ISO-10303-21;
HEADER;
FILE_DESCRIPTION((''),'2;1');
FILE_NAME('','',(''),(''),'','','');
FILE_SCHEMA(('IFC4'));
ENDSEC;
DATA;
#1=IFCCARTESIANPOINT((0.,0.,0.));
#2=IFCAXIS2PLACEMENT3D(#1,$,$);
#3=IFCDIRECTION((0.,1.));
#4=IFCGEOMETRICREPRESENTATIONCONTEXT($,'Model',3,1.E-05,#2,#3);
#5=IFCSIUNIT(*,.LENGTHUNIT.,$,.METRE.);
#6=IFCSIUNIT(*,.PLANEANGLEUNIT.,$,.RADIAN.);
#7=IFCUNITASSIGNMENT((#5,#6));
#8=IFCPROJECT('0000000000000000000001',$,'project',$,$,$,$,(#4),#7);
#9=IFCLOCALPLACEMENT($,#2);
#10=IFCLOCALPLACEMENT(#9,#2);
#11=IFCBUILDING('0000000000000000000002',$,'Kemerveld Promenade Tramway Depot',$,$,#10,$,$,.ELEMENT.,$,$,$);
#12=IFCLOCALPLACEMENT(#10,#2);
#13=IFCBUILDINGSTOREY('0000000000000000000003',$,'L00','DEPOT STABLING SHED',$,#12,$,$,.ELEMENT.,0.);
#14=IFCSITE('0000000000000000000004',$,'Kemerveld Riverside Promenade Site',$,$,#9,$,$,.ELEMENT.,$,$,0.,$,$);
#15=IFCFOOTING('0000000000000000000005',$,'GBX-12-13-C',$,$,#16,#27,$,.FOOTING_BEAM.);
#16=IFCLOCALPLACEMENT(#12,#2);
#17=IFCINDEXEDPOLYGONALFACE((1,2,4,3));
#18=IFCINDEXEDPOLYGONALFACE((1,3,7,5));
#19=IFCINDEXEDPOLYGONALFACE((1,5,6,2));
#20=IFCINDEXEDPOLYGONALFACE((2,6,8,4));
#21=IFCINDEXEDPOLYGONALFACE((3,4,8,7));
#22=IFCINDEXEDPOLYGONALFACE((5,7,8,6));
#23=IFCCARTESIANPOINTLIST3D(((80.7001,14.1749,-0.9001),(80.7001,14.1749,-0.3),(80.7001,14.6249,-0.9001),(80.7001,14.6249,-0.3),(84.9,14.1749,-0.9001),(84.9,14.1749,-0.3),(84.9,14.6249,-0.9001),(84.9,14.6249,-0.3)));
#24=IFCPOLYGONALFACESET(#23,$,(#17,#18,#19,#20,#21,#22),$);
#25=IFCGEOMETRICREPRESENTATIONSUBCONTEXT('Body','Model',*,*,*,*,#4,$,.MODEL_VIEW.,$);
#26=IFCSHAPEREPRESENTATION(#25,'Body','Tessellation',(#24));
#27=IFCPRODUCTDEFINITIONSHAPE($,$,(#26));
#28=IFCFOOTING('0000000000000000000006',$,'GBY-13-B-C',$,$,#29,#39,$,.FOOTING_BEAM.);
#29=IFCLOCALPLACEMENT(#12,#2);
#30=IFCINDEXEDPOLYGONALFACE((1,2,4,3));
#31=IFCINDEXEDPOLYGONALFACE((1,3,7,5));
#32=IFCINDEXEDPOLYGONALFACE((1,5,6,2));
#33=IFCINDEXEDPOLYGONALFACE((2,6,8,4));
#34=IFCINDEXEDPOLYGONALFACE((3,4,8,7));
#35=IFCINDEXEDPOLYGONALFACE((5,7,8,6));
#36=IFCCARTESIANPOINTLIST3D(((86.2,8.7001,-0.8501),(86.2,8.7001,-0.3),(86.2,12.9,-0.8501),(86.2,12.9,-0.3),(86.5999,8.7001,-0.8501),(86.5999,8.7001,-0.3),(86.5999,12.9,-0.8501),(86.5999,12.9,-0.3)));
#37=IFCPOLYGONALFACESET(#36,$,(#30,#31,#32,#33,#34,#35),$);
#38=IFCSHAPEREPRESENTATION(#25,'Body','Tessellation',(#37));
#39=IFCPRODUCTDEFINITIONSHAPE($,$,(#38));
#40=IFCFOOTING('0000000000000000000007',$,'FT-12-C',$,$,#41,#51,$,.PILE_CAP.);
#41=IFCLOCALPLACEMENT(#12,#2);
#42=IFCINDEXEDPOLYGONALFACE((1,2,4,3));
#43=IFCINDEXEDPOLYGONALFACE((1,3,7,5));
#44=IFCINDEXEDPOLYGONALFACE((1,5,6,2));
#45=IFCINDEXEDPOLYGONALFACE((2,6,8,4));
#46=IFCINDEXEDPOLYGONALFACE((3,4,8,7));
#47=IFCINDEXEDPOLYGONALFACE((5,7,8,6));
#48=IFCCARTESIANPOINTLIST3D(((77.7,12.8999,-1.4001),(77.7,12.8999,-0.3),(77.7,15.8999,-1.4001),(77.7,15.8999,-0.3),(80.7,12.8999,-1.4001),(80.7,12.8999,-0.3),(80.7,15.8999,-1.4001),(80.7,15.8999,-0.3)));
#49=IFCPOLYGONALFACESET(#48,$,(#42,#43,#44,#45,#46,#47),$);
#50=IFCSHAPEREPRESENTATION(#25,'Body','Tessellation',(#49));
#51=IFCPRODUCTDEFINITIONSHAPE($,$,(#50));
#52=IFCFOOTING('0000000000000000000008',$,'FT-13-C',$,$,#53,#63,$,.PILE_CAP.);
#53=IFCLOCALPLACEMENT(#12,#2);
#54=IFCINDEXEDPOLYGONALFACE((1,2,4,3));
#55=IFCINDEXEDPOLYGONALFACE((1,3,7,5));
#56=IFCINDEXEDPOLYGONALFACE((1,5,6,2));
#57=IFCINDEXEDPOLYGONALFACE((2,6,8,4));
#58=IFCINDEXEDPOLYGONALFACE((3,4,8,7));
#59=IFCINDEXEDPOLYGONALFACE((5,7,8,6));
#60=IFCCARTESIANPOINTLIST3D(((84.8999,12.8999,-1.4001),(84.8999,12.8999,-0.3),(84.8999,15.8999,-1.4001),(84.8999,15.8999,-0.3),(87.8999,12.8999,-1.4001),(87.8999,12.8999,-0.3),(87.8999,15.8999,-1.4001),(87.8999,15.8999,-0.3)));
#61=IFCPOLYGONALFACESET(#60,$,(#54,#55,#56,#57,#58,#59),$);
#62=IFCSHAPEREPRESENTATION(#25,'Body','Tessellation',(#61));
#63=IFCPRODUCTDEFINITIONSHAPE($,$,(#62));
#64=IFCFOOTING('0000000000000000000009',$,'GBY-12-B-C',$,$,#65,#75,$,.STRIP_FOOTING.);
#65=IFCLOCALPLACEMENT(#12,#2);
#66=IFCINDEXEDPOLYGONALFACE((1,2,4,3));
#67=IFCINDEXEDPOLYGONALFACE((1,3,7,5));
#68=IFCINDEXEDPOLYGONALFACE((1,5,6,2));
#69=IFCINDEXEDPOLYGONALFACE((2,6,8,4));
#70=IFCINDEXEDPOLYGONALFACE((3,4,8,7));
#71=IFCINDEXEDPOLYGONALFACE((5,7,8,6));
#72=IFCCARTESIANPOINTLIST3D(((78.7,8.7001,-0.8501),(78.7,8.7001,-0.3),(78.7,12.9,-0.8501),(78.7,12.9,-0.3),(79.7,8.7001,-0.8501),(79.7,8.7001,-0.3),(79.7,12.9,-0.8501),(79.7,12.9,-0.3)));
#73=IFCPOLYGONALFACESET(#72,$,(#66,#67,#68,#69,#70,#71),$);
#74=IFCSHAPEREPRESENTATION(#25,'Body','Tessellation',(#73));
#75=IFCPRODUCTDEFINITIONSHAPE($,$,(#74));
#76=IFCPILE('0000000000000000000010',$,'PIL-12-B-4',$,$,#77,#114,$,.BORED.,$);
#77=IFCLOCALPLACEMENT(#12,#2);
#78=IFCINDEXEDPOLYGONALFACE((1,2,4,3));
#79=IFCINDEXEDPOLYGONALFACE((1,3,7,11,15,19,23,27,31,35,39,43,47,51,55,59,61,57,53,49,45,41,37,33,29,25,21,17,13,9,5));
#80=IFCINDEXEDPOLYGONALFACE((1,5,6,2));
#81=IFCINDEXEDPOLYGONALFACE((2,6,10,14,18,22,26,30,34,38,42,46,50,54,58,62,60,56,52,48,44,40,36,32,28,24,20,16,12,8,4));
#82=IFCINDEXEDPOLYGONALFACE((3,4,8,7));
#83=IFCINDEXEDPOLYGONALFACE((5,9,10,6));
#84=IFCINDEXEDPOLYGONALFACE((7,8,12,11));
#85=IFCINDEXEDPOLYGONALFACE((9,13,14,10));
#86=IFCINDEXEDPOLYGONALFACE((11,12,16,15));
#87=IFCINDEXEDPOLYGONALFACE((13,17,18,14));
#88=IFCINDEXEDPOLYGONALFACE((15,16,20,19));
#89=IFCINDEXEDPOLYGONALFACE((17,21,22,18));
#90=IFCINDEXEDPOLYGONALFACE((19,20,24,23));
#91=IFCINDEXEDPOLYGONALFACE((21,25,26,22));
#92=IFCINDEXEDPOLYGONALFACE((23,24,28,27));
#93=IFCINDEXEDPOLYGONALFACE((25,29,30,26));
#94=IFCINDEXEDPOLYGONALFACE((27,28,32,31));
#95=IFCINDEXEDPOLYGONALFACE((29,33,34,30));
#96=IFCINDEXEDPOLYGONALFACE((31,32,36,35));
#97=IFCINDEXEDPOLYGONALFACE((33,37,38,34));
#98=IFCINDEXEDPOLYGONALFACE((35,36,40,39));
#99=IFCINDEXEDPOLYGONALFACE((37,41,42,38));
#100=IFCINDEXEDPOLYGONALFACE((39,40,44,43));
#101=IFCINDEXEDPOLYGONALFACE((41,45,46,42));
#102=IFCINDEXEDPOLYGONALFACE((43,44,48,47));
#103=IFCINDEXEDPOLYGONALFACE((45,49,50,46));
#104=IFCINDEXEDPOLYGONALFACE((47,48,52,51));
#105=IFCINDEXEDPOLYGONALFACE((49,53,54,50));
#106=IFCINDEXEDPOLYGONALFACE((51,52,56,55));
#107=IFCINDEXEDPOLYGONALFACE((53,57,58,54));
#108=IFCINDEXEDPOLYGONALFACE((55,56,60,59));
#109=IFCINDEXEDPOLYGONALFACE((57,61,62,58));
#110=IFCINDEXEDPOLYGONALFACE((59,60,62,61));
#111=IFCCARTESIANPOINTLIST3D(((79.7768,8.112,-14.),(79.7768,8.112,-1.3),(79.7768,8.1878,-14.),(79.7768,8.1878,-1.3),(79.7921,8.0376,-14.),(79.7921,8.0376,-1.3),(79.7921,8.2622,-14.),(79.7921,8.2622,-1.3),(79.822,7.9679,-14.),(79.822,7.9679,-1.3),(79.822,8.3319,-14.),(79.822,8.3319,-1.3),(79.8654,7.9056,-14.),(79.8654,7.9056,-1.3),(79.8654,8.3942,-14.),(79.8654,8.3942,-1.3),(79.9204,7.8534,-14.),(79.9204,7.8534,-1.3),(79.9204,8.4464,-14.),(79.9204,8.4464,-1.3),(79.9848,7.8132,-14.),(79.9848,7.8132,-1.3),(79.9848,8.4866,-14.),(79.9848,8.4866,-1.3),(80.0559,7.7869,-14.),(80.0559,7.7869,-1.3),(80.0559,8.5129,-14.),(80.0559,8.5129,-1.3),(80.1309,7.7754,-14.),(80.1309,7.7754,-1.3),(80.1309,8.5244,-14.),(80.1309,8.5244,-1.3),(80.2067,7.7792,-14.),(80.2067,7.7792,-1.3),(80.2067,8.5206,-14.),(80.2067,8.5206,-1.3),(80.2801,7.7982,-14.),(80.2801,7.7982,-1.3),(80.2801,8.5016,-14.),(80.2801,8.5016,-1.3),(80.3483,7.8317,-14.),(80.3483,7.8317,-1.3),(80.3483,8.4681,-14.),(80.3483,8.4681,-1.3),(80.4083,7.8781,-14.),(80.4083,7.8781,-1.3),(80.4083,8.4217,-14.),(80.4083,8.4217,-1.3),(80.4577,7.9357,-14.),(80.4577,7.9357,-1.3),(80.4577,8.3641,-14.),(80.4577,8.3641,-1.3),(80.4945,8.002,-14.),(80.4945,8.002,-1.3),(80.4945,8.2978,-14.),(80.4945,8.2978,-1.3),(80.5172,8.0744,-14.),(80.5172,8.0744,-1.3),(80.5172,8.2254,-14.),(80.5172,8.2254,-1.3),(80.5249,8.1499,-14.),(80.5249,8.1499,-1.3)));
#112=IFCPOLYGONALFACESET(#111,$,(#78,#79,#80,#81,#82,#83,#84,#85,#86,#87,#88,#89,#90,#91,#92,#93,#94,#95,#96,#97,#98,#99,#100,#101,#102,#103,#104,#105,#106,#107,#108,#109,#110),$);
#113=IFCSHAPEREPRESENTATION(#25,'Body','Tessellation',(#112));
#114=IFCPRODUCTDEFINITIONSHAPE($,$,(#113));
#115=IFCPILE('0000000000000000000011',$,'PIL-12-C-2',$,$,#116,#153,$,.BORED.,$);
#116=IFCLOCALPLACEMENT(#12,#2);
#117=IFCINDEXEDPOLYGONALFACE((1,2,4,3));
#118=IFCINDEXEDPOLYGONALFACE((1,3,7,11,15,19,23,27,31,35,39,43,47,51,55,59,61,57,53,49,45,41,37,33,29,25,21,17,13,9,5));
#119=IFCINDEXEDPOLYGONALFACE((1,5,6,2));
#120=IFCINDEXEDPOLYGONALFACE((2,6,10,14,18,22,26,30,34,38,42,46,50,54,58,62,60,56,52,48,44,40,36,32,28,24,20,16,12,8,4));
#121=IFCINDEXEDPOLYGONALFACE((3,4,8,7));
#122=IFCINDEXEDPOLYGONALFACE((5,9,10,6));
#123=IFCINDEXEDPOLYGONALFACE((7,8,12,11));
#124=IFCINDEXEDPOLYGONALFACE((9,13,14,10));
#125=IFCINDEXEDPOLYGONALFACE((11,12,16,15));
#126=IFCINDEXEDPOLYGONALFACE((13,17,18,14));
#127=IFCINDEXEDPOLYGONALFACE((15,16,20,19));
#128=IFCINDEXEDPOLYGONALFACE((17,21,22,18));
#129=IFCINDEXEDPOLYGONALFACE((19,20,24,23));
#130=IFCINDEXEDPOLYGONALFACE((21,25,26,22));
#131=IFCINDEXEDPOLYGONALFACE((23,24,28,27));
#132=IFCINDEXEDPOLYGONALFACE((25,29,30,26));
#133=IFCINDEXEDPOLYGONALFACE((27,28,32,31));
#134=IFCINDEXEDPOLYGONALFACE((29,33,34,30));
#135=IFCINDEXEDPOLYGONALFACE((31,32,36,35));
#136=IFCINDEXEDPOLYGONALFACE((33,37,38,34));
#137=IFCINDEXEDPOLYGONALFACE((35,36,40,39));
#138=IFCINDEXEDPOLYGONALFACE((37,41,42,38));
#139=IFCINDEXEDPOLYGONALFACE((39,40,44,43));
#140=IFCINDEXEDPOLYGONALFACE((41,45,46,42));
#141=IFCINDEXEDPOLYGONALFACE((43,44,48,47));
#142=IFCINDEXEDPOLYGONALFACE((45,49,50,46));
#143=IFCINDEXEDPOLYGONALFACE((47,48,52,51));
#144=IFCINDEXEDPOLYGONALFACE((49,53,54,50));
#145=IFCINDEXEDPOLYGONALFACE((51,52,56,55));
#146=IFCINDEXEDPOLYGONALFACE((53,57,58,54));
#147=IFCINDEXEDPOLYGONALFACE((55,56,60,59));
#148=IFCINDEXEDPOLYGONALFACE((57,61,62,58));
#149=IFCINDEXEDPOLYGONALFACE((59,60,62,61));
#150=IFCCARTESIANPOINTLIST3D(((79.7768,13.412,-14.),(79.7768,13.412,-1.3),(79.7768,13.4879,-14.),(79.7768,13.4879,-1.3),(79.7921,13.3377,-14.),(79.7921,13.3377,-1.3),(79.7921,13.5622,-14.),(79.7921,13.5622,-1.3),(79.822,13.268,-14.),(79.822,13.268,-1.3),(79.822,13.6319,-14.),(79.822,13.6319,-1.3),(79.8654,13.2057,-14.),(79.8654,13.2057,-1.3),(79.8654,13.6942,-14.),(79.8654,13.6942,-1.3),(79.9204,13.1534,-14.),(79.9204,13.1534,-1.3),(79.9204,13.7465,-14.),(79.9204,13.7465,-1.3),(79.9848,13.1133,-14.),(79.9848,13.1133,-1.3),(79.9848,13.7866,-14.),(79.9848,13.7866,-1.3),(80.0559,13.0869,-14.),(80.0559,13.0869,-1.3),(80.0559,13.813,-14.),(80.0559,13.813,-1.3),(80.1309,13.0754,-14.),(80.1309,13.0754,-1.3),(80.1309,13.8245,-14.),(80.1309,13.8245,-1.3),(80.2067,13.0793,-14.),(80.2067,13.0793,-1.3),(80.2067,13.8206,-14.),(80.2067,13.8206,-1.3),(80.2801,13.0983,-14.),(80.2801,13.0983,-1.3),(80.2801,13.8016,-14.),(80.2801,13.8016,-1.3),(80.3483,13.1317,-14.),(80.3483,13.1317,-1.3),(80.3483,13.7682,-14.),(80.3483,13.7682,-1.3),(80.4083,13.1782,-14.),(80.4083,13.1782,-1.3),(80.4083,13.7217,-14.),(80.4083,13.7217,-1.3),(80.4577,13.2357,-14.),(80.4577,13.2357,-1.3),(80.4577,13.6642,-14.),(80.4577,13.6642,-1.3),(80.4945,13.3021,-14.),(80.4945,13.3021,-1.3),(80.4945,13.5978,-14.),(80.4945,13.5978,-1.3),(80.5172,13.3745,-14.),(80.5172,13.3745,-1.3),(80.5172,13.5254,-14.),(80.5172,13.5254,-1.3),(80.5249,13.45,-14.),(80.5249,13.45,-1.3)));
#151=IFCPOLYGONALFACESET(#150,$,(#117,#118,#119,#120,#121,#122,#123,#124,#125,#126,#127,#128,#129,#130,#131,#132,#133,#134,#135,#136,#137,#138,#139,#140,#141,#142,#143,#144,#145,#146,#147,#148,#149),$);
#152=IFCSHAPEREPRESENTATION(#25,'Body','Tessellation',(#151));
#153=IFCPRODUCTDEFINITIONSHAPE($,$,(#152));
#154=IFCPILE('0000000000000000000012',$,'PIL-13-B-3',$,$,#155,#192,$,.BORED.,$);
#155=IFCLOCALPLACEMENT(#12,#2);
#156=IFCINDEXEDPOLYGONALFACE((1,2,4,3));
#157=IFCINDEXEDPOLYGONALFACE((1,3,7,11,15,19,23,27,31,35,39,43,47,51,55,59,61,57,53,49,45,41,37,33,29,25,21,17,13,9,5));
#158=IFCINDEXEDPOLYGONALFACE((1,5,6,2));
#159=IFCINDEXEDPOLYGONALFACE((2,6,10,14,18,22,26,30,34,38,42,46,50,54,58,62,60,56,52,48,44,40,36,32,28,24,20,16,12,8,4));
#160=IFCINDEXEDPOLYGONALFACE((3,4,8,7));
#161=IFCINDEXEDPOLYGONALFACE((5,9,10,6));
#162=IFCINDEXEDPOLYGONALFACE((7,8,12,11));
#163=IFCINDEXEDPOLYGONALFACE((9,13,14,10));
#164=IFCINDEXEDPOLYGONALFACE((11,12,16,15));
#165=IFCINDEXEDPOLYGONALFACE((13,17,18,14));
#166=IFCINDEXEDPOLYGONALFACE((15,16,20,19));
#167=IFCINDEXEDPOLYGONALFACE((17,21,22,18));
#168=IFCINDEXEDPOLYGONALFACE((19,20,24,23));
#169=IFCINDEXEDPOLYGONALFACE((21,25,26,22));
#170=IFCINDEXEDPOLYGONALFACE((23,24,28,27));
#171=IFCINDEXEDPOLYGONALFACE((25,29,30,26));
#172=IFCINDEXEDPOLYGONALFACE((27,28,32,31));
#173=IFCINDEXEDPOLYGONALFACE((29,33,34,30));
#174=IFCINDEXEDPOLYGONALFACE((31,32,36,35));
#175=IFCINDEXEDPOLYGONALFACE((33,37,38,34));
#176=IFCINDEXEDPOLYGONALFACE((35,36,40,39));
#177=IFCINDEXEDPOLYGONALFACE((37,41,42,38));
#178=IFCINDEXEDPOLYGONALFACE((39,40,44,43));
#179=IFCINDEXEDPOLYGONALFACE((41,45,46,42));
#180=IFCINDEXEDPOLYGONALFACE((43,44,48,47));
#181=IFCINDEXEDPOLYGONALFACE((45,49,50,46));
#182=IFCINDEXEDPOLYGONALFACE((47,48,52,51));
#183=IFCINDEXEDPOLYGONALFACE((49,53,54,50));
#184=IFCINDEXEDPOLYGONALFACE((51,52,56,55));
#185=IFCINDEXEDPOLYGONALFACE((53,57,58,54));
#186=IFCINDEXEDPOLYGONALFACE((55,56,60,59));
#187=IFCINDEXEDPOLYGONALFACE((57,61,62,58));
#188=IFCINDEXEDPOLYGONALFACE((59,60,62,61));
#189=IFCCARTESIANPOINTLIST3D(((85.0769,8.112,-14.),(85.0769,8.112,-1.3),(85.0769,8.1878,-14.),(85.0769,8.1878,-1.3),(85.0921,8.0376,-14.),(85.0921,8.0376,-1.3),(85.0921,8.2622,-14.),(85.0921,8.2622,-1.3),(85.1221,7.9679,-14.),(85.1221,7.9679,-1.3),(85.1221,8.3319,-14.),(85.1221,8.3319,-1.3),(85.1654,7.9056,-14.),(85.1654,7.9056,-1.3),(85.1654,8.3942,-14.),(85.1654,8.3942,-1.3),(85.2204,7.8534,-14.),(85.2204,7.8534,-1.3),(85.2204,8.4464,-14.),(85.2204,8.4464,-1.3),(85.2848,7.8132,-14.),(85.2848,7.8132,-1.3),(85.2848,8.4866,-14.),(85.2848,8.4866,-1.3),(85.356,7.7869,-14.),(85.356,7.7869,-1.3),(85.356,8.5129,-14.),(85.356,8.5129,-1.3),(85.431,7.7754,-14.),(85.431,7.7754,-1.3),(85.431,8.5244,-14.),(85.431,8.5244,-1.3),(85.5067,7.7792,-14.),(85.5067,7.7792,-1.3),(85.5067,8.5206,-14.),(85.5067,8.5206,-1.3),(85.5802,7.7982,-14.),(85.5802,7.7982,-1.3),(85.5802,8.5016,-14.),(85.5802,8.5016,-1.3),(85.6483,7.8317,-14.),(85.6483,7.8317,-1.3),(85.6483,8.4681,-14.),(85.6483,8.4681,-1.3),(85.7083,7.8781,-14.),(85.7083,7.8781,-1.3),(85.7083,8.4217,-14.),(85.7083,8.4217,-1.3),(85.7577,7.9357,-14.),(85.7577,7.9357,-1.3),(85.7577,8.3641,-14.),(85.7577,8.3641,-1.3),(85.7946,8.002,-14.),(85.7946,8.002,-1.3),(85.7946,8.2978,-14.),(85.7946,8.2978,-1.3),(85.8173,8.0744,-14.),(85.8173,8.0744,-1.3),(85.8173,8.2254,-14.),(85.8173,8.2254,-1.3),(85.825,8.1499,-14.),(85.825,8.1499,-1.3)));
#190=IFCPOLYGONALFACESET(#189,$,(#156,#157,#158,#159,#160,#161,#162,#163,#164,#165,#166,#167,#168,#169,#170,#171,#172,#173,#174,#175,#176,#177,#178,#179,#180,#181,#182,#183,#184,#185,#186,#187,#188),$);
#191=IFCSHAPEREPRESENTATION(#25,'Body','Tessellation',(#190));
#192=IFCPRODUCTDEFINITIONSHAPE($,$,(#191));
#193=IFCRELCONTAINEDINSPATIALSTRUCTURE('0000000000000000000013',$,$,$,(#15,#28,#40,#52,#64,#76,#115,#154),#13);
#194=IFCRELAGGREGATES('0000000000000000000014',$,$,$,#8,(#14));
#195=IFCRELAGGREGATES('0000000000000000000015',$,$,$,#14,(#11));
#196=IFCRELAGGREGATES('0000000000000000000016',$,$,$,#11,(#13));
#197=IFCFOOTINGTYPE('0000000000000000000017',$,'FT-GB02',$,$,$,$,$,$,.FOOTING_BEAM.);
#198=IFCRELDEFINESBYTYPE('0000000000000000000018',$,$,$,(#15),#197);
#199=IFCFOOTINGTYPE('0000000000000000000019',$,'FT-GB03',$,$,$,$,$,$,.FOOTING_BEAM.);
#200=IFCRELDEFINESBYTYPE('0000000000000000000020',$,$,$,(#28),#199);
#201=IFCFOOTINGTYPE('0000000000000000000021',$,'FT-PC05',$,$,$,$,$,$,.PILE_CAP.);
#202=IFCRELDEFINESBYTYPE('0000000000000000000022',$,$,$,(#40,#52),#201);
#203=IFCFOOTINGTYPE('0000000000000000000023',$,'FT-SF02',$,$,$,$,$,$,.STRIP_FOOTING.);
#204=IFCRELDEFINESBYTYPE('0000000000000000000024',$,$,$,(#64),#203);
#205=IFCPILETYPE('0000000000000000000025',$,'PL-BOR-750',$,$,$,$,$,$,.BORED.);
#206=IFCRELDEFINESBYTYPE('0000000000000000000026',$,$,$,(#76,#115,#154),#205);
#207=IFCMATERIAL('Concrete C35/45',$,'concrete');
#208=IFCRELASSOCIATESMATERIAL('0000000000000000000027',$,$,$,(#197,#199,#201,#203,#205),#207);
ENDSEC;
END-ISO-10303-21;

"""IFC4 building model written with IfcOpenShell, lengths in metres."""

from ifc_helpers import new_model, si_unit, direction, frame, origin, origin_2d, place, context, subcontext, project, spatial, rectangle, circle, extrude, material, material_profile, profile_set, type_object, element, save


model = new_model("IFC4")

# Units and contexts
model_context = context("Model", 3, precision=1e-05, world=origin(), true_north=direction((0.0, 1.0)))
body_context = subcontext(model_context, "Body", "Model", "MODEL_VIEW")
ifc_project = project(units=[si_unit("LENGTHUNIT", "METRE"), si_unit("PLANEANGLEUNIT", "RADIAN")], contexts=[model_context])

# Site, building, storey
site_placement = place(None, origin())
site = spatial("IfcSite", under=ifc_project, at=site_placement, Name="Kemerveld Riverside Promenade Site", CompositionType="ELEMENT", RefElevation=0.0)
building_placement = place(site_placement, origin())
building = spatial("IfcBuilding", under=site, at=building_placement, Name="Kemerveld Promenade Tramway Depot", CompositionType="ELEMENT")
storey_placement = place(building_placement, origin())
storey = spatial("IfcBuildingStorey", under=building, at=storey_placement, Name="L00", Description="DEPOT STABLING SHED", CompositionType="ELEMENT", Elevation=0.0)

# Footings
ifc_material_1 = material(Name="Concrete C35/45", Category="concrete")
footing_type_1 = type_object("IfcFootingType", Name="FT-GB02", PredefinedType="FOOTING_BEAM", material=ifc_material_1)
footing_1_placement = place(storey_placement, frame((82.8, 14.3999, -0.9001), z_axis=(0.0, 0.0, 1.0), x_axis=(1.0, 0.0, 0.0)))
element("IfcFooting", 1, at=footing_1_placement, inside=storey, type_object=footing_type_1, Name="GBX-12-13-C", PredefinedType="FOOTING_BEAM", context=body_context, shape_type="SweptSolid", body=[
    extrude(rectangle(XDim=4.2, YDim=0.45, at=origin_2d()), origin(), (0.0, 0.0, 1.0), 0.6001),
])
footing_type_2 = type_object("IfcFootingType", Name="FT-GB03", PredefinedType="FOOTING_BEAM", material=ifc_material_1)
footing_2_placement = place(storey_placement, frame((86.3999, 10.8, -0.8501), z_axis=(0.0, 0.0, 1.0), x_axis=(0.0, 1.0, 0.0)))
element("IfcFooting", 2, at=footing_2_placement, inside=storey, type_object=footing_type_2, Name="GBY-13-B-C", PredefinedType="FOOTING_BEAM", context=body_context, shape_type="SweptSolid", body=[
    extrude(rectangle(XDim=4.2, YDim=0.3999, at=origin_2d()), origin(), (0.0, 0.0, 1.0), 0.55),
])
footing_type_3 = type_object("IfcFootingType", Name="FT-PC05", PredefinedType="PILE_CAP", material=ifc_material_1)
for number, where, z_axis, x_axis, name in (
    (3, (79.2, 14.3999, -1.4001), (0.0, 0.0, 1.0), (1.0, 0.0, 0.0), "FT-12-C"),
    (4, (86.3999, 14.3999, -1.4001), (0.0, 0.0, 1.0), (1.0, 0.0, 0.0), "FT-13-C"),
):
    element("IfcFooting", number, at=place(storey_placement, frame(where, z_axis=z_axis, x_axis=x_axis)), inside=storey, type_object=footing_type_3, Name=name, PredefinedType="PILE_CAP", context=body_context, shape_type="SweptSolid", body=[
        extrude(rectangle(XDim=3.0, YDim=3.0, at=origin_2d()), origin(), (0.0, 0.0, 1.0), 1.1001),
    ])
footing_type_4 = type_object("IfcFootingType", Name="FT-SF02", PredefinedType="STRIP_FOOTING", material=ifc_material_1)
footing_3_placement = place(storey_placement, frame((79.2, 10.8, -0.8501), z_axis=(0.0, 0.0, 1.0), x_axis=(0.0, 1.0, 0.0)))
element("IfcFooting", 5, at=footing_3_placement, inside=storey, type_object=footing_type_4, Name="GBY-12-B-C", PredefinedType="STRIP_FOOTING", context=body_context, shape_type="SweptSolid", body=[
    extrude(rectangle(XDim=4.2, YDim=1.0, at=origin_2d()), origin(), (0.0, 0.0, 1.0), 0.55),
])

# Piles
ifc_material_profile_1 = material_profile(ifc_material_1, circle(Radius=0.375, at=origin_2d()), Name="PILE-D750")
ifc_profile_set_1 = profile_set([ifc_material_profile_1], Name="Concrete C35/45")
pile_type = type_object("IfcPileType", Name="PL-BOR-750", PredefinedType="BORED", material=ifc_profile_set_1)
for number, where, z_axis, x_axis, name in (
    (6, (80.1499, 8.1499, -1.3), (0.0, 0.0, -1.0), (1.0, 0.0, 0.0), "PIL-12-B-4"),
    (7, (80.1499, 13.45, -1.3), (0.0, 0.0, -1.0), (1.0, 0.0, 0.0), "PIL-12-C-2"),
    (8, (85.45, 8.1499, -1.3), (0.0, 0.0, -1.0), (1.0, 0.0, 0.0), "PIL-13-B-3"),
):
    element("IfcPile", number, at=place(storey_placement, frame(where, z_axis=z_axis, x_axis=x_axis)), inside=storey, type_object=pile_type, Name=name, PredefinedType="BORED", context=body_context, shape_type="SweptSolid", body=[
        extrude(circle(Radius=0.375, at=origin_2d()), origin(), (0.0, 0.0, 1.0), 12.7),
    ])

save(model, "model.ifc")
